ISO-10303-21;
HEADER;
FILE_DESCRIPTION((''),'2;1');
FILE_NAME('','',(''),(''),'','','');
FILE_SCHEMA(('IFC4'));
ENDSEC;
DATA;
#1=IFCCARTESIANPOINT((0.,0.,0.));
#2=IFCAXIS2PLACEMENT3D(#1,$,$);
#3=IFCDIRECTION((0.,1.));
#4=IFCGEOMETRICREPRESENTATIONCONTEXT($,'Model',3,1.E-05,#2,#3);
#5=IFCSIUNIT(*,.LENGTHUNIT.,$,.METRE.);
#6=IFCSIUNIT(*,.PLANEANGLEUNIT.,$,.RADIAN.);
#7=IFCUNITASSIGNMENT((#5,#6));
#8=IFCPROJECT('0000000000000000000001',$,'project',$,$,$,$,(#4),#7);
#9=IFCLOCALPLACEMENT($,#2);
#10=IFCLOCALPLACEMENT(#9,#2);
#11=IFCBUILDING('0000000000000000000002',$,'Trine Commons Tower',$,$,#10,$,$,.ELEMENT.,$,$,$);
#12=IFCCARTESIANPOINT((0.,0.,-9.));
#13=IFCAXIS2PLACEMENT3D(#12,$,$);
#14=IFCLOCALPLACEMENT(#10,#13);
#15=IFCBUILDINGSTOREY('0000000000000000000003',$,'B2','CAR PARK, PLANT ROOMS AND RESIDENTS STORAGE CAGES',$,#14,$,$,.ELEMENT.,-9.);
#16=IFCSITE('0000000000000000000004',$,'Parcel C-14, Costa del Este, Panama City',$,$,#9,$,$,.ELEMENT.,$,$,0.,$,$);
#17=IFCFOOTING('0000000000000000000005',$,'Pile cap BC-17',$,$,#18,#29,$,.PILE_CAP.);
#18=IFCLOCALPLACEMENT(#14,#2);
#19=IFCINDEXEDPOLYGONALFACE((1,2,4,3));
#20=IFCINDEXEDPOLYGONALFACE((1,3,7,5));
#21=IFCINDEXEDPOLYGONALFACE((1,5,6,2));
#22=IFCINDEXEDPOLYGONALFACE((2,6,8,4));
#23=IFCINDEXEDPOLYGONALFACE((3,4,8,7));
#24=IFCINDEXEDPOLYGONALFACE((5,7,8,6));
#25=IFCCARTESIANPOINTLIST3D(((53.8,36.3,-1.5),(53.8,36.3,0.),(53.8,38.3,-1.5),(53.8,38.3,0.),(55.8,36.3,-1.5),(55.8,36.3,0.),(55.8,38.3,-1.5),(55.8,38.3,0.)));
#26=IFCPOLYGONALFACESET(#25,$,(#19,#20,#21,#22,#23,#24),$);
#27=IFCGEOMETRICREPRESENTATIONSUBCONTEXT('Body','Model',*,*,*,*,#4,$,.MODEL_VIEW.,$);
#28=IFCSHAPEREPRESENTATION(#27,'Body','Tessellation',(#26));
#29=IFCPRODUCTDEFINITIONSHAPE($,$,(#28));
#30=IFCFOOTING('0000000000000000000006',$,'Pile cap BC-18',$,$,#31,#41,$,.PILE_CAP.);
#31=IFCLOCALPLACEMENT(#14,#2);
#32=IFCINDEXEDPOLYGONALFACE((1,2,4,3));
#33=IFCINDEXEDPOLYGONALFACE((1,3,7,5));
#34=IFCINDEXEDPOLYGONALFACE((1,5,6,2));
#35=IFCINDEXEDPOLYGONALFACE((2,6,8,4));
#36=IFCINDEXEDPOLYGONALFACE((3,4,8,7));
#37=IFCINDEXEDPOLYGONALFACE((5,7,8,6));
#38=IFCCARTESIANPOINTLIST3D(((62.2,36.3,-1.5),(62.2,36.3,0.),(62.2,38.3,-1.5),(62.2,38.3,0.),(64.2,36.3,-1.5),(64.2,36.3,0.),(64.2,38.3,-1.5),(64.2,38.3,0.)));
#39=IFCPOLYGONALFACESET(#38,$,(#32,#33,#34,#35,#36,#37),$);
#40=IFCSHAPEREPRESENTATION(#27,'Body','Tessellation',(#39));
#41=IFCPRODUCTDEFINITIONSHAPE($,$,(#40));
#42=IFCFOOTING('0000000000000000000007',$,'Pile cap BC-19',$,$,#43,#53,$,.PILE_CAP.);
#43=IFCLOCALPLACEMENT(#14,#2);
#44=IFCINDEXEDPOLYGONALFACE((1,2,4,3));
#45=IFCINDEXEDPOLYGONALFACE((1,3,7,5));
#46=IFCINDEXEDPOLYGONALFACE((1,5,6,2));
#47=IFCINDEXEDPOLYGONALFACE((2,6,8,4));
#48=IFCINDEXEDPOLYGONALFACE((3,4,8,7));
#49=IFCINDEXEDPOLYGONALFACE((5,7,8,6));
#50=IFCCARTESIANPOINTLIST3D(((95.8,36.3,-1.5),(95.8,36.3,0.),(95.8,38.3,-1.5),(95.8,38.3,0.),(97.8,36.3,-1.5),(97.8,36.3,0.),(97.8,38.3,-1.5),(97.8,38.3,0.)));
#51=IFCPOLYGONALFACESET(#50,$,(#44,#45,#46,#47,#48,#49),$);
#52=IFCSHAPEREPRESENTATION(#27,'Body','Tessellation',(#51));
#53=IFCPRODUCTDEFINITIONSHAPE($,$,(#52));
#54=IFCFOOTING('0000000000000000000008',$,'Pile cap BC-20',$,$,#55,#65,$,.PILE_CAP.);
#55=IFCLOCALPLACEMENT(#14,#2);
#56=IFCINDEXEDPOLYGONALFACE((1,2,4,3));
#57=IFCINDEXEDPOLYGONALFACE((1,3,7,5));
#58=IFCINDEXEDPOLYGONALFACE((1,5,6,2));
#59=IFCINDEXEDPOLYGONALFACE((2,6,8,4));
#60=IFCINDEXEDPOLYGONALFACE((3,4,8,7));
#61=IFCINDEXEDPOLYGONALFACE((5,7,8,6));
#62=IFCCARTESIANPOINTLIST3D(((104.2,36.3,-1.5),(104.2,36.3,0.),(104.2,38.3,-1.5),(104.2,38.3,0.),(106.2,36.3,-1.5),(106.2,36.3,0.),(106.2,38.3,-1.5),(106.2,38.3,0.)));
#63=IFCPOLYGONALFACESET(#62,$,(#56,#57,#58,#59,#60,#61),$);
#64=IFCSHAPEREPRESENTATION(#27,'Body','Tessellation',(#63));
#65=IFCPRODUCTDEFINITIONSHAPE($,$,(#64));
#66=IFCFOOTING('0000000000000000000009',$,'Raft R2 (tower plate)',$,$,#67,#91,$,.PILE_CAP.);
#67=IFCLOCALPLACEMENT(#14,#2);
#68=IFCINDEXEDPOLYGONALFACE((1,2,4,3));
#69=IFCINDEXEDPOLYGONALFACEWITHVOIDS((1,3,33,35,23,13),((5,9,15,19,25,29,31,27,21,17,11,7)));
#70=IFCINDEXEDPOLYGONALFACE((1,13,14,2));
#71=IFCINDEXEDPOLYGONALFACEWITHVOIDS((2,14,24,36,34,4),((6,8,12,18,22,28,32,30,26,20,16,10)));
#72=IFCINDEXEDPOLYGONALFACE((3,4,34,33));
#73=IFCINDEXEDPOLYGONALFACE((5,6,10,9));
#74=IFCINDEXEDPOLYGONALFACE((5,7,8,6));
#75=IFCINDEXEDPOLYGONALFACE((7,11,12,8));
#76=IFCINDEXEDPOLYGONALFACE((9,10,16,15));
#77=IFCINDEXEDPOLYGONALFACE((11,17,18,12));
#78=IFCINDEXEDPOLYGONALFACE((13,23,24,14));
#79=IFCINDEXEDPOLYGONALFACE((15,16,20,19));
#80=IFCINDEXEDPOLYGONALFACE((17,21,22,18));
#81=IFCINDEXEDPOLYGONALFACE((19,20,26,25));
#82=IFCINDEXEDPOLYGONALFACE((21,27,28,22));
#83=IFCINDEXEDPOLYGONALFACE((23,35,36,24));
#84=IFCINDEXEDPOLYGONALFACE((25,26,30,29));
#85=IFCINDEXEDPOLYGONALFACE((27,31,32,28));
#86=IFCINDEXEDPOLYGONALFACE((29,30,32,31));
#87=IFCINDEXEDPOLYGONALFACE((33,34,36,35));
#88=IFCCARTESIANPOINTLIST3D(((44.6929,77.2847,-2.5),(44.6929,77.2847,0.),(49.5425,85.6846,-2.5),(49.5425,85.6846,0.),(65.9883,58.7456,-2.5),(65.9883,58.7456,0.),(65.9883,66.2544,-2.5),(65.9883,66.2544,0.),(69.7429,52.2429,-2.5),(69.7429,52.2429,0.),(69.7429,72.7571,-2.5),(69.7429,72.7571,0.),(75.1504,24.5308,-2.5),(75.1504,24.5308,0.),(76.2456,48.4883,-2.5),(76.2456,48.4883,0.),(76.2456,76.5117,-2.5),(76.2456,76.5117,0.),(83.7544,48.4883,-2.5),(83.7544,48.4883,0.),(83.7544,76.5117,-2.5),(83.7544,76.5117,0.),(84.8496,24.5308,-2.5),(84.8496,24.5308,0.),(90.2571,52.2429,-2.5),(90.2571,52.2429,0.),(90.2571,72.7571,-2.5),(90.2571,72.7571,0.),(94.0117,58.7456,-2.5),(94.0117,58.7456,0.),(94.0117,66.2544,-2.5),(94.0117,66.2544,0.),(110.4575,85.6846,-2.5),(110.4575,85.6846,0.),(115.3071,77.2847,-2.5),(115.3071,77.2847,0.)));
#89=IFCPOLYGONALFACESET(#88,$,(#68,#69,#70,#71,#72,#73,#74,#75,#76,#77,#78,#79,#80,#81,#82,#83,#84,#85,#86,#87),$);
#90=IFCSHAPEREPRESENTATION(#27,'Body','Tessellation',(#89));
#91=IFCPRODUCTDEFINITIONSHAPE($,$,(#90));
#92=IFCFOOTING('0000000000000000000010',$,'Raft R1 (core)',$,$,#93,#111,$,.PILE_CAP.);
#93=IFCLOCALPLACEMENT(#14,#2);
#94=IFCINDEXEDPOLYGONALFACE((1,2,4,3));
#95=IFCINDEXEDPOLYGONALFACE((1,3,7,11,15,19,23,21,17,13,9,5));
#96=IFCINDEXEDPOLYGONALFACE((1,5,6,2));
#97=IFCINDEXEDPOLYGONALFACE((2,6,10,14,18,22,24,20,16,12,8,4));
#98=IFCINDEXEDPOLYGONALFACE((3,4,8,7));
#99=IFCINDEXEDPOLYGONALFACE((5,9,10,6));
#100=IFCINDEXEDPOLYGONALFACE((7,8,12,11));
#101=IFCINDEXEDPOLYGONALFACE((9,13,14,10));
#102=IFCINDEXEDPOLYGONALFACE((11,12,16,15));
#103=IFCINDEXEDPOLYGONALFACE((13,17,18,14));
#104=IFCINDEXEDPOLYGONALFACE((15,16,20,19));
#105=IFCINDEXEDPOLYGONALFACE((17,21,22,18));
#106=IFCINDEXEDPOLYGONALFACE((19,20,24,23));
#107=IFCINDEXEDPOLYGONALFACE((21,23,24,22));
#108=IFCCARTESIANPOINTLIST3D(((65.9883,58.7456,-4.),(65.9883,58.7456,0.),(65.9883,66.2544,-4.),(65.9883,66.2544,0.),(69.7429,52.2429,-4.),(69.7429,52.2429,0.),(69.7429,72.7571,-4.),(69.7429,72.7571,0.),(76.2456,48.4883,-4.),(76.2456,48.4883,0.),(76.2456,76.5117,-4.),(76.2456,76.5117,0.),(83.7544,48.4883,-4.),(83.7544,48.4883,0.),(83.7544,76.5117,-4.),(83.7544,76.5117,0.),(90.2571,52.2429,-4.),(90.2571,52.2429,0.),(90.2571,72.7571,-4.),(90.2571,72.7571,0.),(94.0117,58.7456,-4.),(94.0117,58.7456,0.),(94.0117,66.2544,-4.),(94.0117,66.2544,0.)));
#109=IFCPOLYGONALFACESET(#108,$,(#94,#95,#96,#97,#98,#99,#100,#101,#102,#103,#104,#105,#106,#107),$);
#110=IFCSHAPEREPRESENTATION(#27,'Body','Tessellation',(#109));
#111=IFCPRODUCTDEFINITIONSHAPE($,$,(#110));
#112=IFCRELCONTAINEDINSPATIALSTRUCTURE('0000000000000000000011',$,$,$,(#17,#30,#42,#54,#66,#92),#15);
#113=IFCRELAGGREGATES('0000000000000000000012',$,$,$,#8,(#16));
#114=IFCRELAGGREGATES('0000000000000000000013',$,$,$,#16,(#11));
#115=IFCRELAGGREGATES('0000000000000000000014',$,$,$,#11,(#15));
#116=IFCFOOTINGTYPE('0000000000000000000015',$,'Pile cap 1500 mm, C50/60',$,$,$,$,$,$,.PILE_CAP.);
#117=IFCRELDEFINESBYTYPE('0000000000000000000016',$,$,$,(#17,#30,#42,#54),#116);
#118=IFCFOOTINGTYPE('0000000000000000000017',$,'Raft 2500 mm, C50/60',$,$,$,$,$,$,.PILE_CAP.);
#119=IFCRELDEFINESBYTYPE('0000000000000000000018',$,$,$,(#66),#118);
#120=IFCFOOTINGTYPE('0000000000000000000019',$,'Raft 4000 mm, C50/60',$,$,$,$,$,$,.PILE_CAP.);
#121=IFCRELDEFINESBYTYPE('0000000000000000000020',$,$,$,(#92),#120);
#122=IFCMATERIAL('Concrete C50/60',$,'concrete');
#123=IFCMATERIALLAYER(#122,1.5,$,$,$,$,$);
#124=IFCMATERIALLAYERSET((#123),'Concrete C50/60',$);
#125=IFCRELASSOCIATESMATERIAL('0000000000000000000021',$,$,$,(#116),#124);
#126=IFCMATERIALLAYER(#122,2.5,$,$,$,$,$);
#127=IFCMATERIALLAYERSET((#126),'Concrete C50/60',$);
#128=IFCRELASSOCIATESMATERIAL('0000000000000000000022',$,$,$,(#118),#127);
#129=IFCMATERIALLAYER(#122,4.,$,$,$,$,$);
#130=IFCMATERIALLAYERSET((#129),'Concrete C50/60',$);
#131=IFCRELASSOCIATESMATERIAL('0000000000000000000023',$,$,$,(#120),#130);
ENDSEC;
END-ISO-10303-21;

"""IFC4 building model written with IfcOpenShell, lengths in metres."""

from ifc_helpers import new_model, si_unit, direction, frame, origin, place, context, subcontext, project, spatial, polyline, outline, extrude, material, layer, layer_set, type_object, element, save


model = new_model("IFC4")

# Units and contexts
model_context = context("Model", 3, precision=1e-05, world=origin(), true_north=direction((0.0, 1.0)))
body_context = subcontext(model_context, "Body", "Model", "MODEL_VIEW")
ifc_project = project(units=[si_unit("LENGTHUNIT", "METRE"), si_unit("PLANEANGLEUNIT", "RADIAN")], contexts=[model_context])

# Site, building, storey
site_placement = place(None, origin())
site = spatial("IfcSite", under=ifc_project, at=site_placement, Name="Parcel C-14, Costa del Este, Panama City", CompositionType="ELEMENT", RefElevation=0.0)
building_placement = place(site_placement, origin())
building = spatial("IfcBuilding", under=site, at=building_placement, Name="Trine Commons Tower", CompositionType="ELEMENT")
storey_placement = place(building_placement, frame((0.0, 0.0, -9.0)))
storey = spatial("IfcBuildingStorey", under=building, at=storey_placement, Name="B2", Description="CAR PARK, PLANT ROOMS AND RESIDENTS STORAGE CAGES", CompositionType="ELEMENT", Elevation=-9.0)

# Footings
ifc_material = material(Name="Concrete C50/60", Category="concrete")
ifc_layer_1 = layer(ifc_material, 1.5)
ifc_layer_set_1 = layer_set([ifc_layer_1], Name="Concrete C50/60")
footing_type_1 = type_object("IfcFootingType", Name="Pile cap 1500 mm, C50/60", PredefinedType="PILE_CAP", material=ifc_layer_set_1)
footing_1_placement = place(storey_placement, frame((0.0, 0.0, -1.5)))
element("IfcFooting", 1, at=footing_1_placement, inside=storey, type_object=footing_type_1, Name="Pile cap BC-17", PredefinedType="PILE_CAP", context=body_context, shape_type="SweptSolid", body=[
    extrude(outline(polyline([(53.8, 36.3), (53.8, 38.3), (55.8, 38.3), (55.8, 36.3), (53.8, 36.3)])), origin(), (0.0, 0.0, 1.0), 1.5),
])
footing_2_placement = place(storey_placement, frame((0.0, 0.0, -1.5)))
element("IfcFooting", 2, at=footing_2_placement, inside=storey, type_object=footing_type_1, Name="Pile cap BC-18", PredefinedType="PILE_CAP", context=body_context, shape_type="SweptSolid", body=[
    extrude(outline(polyline([(62.2, 36.3), (62.2, 38.3), (64.2, 38.3), (64.2, 36.3), (62.2, 36.3)])), origin(), (0.0, 0.0, 1.0), 1.5),
])
footing_3_placement = place(storey_placement, frame((0.0, 0.0, -1.5)))
element("IfcFooting", 3, at=footing_3_placement, inside=storey, type_object=footing_type_1, Name="Pile cap BC-19", PredefinedType="PILE_CAP", context=body_context, shape_type="SweptSolid", body=[
    extrude(outline(polyline([(95.8, 36.3), (95.8, 38.3), (97.8, 38.3), (97.8, 36.3), (95.8, 36.3)])), origin(), (0.0, 0.0, 1.0), 1.5),
])
footing_4_placement = place(storey_placement, frame((0.0, 0.0, -1.5)))
element("IfcFooting", 4, at=footing_4_placement, inside=storey, type_object=footing_type_1, Name="Pile cap BC-20", PredefinedType="PILE_CAP", context=body_context, shape_type="SweptSolid", body=[
    extrude(outline(polyline([(104.2, 36.3), (104.2, 38.3), (106.2, 38.3), (106.2, 36.3), (104.2, 36.3)])), origin(), (0.0, 0.0, 1.0), 1.5),
])
ifc_layer_2 = layer(ifc_material, 2.5)
ifc_layer_set_2 = layer_set([ifc_layer_2], Name="Concrete C50/60")
footing_type_2 = type_object("IfcFootingType", Name="Raft 2500 mm, C50/60", PredefinedType="PILE_CAP", material=ifc_layer_set_2)
footing_5_placement = place(storey_placement, frame((0.0, 0.0, -2.5)))
element("IfcFooting", 5, at=footing_5_placement, inside=storey, type_object=footing_type_2, Name="Raft R2 (tower plate)", PredefinedType="PILE_CAP", context=body_context, shape_type="SweptSolid", body=[
    extrude(outline(polyline([(49.5425, 85.6846), (110.4575, 85.6846), (115.3071, 77.2847), (84.8496, 24.5308), (75.1504, 24.5308), (44.6929, 77.2847), (49.5425, 85.6846)]), holes=[polyline([(90.2571, 72.7571), (83.7544, 76.5117), (76.2456, 76.5117), (69.7429, 72.7571), (65.9883, 66.2544), (65.9883, 58.7456), (69.7429, 52.2429), (76.2456, 48.4883), (83.7544, 48.4883), (90.2571, 52.2429), (94.0117, 58.7456), (94.0117, 66.2544), (90.2571, 72.7571)])]), origin(), (0.0, 0.0, 1.0), 2.5),
])
ifc_layer_3 = layer(ifc_material, 4.0)
ifc_layer_set_3 = layer_set([ifc_layer_3], Name="Concrete C50/60")
footing_type_3 = type_object("IfcFootingType", Name="Raft 4000 mm, C50/60", PredefinedType="PILE_CAP", material=ifc_layer_set_3)
footing_6_placement = place(storey_placement, frame((0.0, 0.0, -4.0)))
element("IfcFooting", 6, at=footing_6_placement, inside=storey, type_object=footing_type_3, Name="Raft R1 (core)", PredefinedType="PILE_CAP", context=body_context, shape_type="SweptSolid", body=[
    extrude(outline(polyline([(94.0117, 66.2544), (94.0117, 58.7456), (90.2571, 52.2429), (83.7544, 48.4883), (76.2456, 48.4883), (69.7429, 52.2429), (65.9883, 58.7456), (65.9883, 66.2544), (69.7429, 72.7571), (76.2456, 76.5117), (83.7544, 76.5117), (90.2571, 72.7571), (94.0117, 66.2544)])), origin(), (0.0, 0.0, 1.0), 4.0),
])

save(model, "model.ifc")
